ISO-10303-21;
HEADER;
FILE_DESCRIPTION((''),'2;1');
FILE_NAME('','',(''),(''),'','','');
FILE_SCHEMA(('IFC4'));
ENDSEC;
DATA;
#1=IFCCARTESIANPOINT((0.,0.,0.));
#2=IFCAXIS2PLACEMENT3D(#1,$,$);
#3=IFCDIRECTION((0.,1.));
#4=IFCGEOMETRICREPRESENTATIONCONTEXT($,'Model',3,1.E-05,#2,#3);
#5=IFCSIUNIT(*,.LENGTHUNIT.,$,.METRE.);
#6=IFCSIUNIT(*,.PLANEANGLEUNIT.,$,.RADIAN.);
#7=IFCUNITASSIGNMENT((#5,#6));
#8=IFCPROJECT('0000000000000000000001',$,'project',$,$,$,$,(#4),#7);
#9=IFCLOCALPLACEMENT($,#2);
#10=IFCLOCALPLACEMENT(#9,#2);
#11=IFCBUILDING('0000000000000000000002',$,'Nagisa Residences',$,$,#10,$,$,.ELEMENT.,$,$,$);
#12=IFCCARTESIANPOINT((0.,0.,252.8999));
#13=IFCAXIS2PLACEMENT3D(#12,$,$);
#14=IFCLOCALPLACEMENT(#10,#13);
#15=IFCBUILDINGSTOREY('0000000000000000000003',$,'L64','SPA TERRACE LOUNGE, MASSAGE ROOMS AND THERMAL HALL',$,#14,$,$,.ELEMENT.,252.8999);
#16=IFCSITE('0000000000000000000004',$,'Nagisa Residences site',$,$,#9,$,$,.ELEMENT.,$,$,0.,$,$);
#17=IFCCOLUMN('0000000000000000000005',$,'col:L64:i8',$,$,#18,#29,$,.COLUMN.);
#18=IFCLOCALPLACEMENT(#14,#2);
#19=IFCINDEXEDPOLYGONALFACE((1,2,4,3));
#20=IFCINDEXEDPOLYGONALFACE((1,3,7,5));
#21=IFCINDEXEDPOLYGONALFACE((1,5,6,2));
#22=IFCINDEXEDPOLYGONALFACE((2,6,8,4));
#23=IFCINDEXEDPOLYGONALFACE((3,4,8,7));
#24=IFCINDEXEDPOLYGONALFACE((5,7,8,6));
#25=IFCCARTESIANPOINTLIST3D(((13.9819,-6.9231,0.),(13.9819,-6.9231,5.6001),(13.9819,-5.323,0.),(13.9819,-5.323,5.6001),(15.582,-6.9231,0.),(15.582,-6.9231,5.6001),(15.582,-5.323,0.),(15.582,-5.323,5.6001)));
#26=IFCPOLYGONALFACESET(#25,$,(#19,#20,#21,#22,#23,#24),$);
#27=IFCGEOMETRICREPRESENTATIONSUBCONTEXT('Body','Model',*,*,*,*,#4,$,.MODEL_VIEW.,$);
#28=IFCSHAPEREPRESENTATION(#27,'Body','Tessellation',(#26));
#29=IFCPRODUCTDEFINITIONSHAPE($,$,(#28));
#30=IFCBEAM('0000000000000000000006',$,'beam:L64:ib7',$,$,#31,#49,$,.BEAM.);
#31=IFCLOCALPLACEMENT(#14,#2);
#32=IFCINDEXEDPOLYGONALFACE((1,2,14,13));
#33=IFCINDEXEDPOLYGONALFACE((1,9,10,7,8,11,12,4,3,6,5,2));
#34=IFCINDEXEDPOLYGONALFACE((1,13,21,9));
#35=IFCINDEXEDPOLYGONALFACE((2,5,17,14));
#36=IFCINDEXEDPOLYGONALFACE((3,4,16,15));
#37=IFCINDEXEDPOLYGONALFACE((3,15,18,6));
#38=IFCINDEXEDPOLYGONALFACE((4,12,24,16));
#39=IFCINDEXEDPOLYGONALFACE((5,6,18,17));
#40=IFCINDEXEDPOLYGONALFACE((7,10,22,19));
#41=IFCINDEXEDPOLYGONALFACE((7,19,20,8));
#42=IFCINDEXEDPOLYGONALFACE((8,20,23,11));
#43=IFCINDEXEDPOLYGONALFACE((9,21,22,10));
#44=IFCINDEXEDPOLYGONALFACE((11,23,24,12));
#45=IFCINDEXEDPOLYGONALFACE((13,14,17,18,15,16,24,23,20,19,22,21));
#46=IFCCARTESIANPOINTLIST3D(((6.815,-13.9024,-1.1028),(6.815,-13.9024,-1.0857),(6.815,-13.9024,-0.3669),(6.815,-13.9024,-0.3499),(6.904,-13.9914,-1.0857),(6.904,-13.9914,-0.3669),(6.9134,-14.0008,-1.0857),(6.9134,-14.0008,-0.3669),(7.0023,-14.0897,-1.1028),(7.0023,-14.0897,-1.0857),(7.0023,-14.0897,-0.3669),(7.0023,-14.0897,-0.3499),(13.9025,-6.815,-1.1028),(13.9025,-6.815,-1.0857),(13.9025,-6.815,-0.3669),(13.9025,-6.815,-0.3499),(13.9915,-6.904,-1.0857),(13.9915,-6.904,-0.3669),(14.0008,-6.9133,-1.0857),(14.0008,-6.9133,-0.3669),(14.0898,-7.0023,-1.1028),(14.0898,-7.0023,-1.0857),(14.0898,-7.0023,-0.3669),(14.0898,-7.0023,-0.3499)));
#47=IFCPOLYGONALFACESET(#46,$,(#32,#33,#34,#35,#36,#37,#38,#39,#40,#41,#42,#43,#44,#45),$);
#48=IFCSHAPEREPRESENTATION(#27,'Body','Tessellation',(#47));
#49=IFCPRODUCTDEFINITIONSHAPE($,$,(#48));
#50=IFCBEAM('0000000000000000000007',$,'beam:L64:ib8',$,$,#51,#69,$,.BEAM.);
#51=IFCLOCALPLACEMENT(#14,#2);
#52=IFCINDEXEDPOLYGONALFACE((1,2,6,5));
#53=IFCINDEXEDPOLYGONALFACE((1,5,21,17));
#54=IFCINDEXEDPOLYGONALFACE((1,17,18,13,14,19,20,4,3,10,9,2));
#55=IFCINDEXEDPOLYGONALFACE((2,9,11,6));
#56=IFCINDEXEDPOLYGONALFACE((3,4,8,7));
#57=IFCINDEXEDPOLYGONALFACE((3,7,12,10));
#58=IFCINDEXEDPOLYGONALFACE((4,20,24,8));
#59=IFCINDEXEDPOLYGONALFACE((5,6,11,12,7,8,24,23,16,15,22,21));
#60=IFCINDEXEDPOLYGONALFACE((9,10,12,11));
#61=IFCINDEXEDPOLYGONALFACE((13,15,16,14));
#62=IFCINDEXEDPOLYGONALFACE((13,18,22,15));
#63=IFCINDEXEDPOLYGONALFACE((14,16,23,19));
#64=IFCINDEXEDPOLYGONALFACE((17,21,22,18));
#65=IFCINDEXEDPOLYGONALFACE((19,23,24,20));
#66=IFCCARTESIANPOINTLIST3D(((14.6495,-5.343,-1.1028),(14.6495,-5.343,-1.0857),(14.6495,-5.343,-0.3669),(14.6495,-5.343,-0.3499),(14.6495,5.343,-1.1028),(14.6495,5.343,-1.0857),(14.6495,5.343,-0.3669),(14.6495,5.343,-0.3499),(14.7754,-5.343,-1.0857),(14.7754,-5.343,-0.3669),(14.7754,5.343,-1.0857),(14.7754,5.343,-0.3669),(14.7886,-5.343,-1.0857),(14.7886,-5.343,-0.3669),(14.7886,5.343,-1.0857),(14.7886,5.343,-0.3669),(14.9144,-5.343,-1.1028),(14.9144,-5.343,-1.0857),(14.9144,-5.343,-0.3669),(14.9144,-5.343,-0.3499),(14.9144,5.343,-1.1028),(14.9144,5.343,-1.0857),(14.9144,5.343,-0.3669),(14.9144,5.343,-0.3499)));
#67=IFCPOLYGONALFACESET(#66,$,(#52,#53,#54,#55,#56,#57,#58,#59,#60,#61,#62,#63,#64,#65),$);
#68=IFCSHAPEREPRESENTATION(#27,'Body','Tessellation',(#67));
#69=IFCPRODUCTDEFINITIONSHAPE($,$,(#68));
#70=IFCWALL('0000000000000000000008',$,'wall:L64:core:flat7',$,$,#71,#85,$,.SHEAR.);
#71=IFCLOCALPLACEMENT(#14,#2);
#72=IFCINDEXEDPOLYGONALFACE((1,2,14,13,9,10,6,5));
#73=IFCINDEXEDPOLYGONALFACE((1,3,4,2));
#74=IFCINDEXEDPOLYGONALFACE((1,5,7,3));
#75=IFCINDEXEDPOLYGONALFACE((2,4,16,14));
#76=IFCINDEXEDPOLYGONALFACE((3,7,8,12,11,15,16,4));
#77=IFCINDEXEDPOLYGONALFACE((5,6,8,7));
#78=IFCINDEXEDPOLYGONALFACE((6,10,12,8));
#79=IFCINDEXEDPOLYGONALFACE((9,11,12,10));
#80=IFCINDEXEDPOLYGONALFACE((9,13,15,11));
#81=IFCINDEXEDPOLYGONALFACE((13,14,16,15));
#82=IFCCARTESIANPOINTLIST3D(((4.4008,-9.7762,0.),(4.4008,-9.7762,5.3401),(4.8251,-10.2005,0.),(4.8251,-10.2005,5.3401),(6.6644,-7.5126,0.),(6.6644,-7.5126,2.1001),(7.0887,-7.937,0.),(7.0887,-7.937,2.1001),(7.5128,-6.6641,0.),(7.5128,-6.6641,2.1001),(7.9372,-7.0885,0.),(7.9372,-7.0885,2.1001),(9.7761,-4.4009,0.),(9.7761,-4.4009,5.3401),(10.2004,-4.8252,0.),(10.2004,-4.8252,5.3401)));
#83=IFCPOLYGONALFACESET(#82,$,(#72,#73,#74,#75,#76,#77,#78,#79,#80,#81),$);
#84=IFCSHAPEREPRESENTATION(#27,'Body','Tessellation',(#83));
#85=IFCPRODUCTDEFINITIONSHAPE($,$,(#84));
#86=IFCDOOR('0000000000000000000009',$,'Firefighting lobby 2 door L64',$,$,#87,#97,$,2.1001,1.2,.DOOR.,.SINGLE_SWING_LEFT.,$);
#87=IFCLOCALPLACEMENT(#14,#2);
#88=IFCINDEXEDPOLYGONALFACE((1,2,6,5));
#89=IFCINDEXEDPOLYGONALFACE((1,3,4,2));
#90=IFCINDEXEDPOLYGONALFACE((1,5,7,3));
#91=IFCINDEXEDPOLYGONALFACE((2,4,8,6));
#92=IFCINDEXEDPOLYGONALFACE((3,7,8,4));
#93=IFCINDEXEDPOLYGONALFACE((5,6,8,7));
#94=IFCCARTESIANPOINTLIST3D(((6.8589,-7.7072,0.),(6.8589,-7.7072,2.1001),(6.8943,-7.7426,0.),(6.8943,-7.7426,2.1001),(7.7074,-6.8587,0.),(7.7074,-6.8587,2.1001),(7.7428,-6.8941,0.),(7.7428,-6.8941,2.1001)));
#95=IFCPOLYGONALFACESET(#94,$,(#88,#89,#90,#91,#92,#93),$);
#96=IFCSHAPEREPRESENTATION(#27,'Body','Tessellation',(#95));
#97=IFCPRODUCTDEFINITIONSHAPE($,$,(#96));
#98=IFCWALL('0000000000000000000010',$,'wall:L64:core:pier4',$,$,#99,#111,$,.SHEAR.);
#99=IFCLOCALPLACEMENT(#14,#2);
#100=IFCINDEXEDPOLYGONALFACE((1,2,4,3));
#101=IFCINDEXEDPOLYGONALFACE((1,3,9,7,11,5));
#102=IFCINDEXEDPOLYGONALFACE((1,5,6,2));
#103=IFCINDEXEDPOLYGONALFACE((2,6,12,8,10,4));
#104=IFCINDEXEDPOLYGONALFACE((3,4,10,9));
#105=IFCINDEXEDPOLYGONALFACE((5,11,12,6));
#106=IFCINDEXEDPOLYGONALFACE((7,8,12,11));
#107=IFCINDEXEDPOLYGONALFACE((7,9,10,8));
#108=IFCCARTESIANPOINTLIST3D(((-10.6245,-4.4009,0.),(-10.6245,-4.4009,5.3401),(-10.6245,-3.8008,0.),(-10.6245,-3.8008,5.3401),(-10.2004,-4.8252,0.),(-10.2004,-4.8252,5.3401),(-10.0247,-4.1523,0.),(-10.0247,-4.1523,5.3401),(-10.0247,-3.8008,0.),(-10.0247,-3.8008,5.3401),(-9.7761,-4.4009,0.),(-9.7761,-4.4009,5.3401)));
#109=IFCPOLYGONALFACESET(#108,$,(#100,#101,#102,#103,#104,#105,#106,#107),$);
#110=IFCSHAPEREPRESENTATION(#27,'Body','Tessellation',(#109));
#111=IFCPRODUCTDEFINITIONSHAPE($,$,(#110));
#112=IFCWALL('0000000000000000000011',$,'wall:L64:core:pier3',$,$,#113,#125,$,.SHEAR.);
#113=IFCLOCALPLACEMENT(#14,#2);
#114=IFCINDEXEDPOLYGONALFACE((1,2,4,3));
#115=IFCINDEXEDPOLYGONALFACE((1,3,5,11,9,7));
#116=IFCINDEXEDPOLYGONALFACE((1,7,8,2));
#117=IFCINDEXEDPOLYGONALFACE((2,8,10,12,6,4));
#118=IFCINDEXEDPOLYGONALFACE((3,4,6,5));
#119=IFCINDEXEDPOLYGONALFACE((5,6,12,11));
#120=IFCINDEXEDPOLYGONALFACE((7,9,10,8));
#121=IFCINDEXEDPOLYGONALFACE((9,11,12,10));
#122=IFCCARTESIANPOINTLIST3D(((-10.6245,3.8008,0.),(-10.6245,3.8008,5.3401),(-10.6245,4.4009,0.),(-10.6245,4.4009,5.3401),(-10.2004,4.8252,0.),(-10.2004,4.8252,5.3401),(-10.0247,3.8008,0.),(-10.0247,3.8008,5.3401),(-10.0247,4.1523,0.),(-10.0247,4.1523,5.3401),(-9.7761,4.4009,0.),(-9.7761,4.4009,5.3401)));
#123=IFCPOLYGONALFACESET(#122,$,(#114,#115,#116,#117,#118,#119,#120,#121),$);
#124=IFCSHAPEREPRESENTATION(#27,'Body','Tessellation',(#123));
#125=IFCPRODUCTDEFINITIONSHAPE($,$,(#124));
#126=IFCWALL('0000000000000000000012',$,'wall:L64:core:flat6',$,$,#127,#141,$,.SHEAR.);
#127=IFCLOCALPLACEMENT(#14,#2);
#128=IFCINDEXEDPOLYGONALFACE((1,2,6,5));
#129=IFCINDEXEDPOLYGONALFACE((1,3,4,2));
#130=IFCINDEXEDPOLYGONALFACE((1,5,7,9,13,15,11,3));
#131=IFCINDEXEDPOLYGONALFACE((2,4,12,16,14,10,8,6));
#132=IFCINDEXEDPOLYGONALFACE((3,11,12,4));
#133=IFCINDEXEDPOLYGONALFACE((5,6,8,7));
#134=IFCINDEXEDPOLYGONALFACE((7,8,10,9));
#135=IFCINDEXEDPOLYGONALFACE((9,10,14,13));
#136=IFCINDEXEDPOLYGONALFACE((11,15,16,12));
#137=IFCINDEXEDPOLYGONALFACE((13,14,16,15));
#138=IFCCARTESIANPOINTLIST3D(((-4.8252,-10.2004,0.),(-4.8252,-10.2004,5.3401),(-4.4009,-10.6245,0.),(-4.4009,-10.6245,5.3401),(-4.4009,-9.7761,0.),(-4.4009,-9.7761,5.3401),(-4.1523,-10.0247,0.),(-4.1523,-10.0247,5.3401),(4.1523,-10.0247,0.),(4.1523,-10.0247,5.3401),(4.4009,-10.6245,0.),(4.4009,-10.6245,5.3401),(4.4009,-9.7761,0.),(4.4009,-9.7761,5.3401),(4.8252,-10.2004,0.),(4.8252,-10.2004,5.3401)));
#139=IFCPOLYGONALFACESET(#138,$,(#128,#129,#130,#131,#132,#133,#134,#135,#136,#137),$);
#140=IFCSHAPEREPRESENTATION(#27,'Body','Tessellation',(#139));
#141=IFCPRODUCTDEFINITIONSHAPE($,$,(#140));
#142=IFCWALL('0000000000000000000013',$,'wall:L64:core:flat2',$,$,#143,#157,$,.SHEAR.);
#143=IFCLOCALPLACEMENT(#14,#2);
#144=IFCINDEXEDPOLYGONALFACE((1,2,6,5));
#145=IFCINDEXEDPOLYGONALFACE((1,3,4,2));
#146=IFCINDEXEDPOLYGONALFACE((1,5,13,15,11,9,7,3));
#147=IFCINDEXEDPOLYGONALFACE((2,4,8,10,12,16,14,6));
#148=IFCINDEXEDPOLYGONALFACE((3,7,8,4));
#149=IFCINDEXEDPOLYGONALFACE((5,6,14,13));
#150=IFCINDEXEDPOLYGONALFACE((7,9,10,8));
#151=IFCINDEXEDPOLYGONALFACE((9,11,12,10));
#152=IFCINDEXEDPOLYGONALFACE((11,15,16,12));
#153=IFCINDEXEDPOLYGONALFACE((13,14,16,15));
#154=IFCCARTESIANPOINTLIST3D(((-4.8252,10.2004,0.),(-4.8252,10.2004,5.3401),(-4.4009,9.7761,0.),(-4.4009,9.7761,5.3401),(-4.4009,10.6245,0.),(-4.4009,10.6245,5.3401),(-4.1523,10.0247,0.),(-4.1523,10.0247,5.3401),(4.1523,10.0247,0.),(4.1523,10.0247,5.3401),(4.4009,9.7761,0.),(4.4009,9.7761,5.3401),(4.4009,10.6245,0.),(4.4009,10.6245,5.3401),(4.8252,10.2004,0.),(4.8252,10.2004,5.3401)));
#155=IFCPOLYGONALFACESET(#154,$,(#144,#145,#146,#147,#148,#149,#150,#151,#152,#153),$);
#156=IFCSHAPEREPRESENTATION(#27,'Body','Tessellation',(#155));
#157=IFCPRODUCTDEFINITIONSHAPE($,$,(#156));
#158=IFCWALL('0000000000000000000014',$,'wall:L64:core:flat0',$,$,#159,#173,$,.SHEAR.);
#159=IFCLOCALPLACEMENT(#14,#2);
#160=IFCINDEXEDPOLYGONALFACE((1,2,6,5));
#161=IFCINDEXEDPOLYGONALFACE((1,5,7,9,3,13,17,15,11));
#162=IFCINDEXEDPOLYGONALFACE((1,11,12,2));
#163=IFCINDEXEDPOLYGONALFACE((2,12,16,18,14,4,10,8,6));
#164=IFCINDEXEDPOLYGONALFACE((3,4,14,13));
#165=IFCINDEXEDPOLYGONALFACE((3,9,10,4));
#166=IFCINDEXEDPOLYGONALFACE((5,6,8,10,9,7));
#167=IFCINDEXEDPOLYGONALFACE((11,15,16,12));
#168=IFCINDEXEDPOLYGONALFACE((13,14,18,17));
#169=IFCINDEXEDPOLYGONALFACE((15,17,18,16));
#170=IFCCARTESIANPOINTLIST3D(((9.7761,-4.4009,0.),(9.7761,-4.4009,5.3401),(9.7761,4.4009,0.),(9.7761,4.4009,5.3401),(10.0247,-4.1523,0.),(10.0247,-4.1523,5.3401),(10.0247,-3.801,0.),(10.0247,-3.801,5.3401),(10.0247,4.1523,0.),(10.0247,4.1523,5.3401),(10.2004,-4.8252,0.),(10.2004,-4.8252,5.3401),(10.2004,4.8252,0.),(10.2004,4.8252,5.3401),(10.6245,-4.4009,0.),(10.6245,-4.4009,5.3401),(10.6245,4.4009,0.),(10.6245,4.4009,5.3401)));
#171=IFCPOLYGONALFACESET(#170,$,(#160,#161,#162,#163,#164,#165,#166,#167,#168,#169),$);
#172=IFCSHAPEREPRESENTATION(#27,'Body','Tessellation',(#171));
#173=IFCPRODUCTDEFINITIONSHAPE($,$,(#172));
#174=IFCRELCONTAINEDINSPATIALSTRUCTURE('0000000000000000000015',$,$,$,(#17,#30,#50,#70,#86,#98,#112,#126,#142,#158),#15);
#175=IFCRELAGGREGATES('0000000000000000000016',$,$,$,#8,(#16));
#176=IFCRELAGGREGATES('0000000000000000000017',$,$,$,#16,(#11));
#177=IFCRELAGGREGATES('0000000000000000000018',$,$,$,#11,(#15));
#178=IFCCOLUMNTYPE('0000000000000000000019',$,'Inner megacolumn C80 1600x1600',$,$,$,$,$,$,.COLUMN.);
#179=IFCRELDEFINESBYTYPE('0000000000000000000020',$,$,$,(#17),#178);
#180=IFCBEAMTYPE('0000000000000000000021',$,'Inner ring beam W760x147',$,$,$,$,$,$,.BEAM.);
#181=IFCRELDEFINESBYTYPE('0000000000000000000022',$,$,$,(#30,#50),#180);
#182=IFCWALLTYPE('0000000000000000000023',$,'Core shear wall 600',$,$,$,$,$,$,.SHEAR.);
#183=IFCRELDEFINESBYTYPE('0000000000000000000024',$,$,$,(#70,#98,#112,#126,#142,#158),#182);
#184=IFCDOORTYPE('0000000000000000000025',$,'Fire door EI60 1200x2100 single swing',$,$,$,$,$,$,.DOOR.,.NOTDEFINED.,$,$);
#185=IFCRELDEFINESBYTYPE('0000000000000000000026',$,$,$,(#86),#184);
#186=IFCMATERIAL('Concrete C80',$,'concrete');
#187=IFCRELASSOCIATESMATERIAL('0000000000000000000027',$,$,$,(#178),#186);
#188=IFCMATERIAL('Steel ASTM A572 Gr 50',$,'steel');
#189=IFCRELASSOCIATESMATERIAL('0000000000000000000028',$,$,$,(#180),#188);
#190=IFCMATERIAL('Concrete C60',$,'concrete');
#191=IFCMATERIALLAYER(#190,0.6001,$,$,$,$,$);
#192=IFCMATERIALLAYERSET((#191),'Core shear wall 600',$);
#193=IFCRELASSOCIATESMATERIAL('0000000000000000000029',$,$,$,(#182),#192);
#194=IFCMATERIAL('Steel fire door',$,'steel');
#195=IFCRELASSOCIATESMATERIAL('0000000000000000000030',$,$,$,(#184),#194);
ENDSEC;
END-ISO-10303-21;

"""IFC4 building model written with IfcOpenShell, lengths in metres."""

from ifc_helpers import new_model, si_unit, direction, frame, frame_2d, origin, origin_2d, place, context, subcontext, project, spatial, polyline, rectangle, i_section, outline, extrude, material, layer, layer_set, material_profile, profile_set, type_object, element, fill, save


model = new_model("IFC4")

# Units and contexts
model_context = context("Model", 3, precision=1e-05, world=origin(), true_north=direction((0.0, 1.0)))
body_context = subcontext(model_context, "Body", "Model", "MODEL_VIEW")
ifc_project = project(units=[si_unit("LENGTHUNIT", "METRE"), si_unit("PLANEANGLEUNIT", "RADIAN")], contexts=[model_context])

# Site, building, storey
site_placement = place(None, origin())
site = spatial("IfcSite", under=ifc_project, at=site_placement, Name="Nagisa Residences site", CompositionType="ELEMENT", RefElevation=0.0)
building_placement = place(site_placement, origin())
building = spatial("IfcBuilding", under=site, at=building_placement, Name="Nagisa Residences", CompositionType="ELEMENT")
storey_placement = place(building_placement, frame((0.0, 0.0, 252.8999)))
storey = spatial("IfcBuildingStorey", under=building, at=storey_placement, Name="L64", Description="SPA TERRACE LOUNGE, MASSAGE ROOMS AND THERMAL HALL", CompositionType="ELEMENT", Elevation=252.8999)

# Column
ifc_material_1 = material(Name="Concrete C80", Category="concrete")
ifc_material_profile_1 = material_profile(ifc_material_1, rectangle(XDim=1.6001, YDim=1.6001, at=origin_2d()), Name="C80 1600x1600")
ifc_profile_set_1 = profile_set([ifc_material_profile_1], Name="Concrete C80")
column_type = type_object("IfcColumnType", Name="Inner megacolumn C80 1600x1600", PredefinedType="COLUMN", material=ifc_profile_set_1)
column_placement = place(storey_placement, frame((14.782, -6.123, 0.0), z_axis=(0.0, 0.0, 1.0), x_axis=(1.0, 0.0, 0.0)))
element("IfcColumn", 1, at=column_placement, inside=storey, type_object=column_type, Name="col:L64:i8", PredefinedType="COLUMN", context=body_context, shape_type="SweptSolid", body=[
    extrude(rectangle(XDim=1.6001, YDim=1.6001, at=origin_2d()), origin(), (0.0, 0.0, 1.0), 5.6001),
])

# Beams
ifc_material_2 = material(Name="Steel ASTM A572 Gr 50", Category="steel")
ifc_material_profile_2 = material_profile(ifc_material_2, i_section(OverallWidth=0.2649, OverallDepth=0.7529, WebThickness=0.0132, FlangeThickness=0.0171, at=origin_2d()), Name="W760x147")
ifc_profile_set_2 = profile_set([ifc_material_profile_2], Name="Steel ASTM A572 Gr 50")
beam_type = type_object("IfcBeamType", Name="Inner ring beam W760x147", PredefinedType="BEAM", material=ifc_profile_set_2)
beam_1_placement = place(storey_placement, frame((6.9087, -13.9961, -0.7263), z_axis=(0.707107, 0.707107, 0.0), x_axis=(-0.707107, 0.707107, 0.0)))
element("IfcBeam", 2, at=beam_1_placement, inside=storey, type_object=beam_type, Name="beam:L64:ib7", PredefinedType="BEAM", context=body_context, shape_type="SweptSolid", body=[
    extrude(i_section(OverallWidth=0.2649, OverallDepth=0.7529, WebThickness=0.0132, FlangeThickness=0.0171, at=origin_2d()), origin(), (0.0, 0.0, 1.0), 10.0232),
])
beam_2_placement = place(storey_placement, frame((14.782, -5.343, -0.7263), z_axis=(0.0, 1.0, 0.0), x_axis=(-1.0, 0.0, 0.0)))
element("IfcBeam", 3, at=beam_2_placement, inside=storey, type_object=beam_type, Name="beam:L64:ib8", PredefinedType="BEAM", context=body_context, shape_type="SweptSolid", body=[
    extrude(i_section(OverallWidth=0.2649, OverallDepth=0.7529, WebThickness=0.0132, FlangeThickness=0.0171, at=origin_2d()), origin(), (0.0, 0.0, 1.0), 10.686),
])

# Wall, opening, door
ifc_material_3 = material(Name="Concrete C60", Category="concrete")
ifc_layer_1 = layer(ifc_material_3, 0.6001)
ifc_layer_set_1 = layer_set([ifc_layer_1], Name="Core shear wall 600")
wall_type_1 = type_object("IfcWallType", Name="Core shear wall 600", PredefinedType="SHEAR", material=ifc_layer_set_1)
wall_1_placement = place(storey_placement, frame((4.613, -9.9883, 0.0), z_axis=(0.0, 0.0, 1.0), x_axis=(0.707107, 0.707107, 0.0)))
wall_1 = element("IfcWall", 4, at=wall_1_placement, inside=storey, type_object=wall_type_1, Name="wall:L64:core:flat7", PredefinedType="SHEAR", context=body_context, shape_type="SweptSolid", body=[
    extrude(rectangle(XDim=7.6018, YDim=0.6001, at=frame_2d((3.8008, 0.0))), origin(), (0.0, 0.0, 1.0), 5.3401),
])
opening_1_placement = place(wall_1_placement, frame((3.2009, 0.0, 0.0)))
opening_1 = element("IfcOpeningElement", 5, at=opening_1_placement, cuts=wall_1, PredefinedType="OPENING", context=body_context, shape_type="SweptSolid", body=[
    extrude(rectangle(XDim=1.2, YDim=2.1001, at=frame_2d((0.6001, 1.05))), frame((0.0, 0.3101, 0.0), z_axis=(0.0, -1.0, 0.0), x_axis=(1.0, 0.0, 0.0)), (0.0, 0.0, 1.0), 0.6201),
])
ifc_material_4 = material(Name="Steel fire door", Category="steel")
door_type_1 = type_object("IfcDoorType", Name="Fire door EI60 1200x2100 single swing", OperationType="NOTDEFINED", PredefinedType="DOOR", material=ifc_material_4)
door_1_placement = place(opening_1_placement, origin())
door_1 = element("IfcDoor", 6, at=door_1_placement, inside=storey, type_object=door_type_1, Name="Firefighting lobby 2 door L64", OperationType="SINGLE_SWING_LEFT", OverallHeight=2.1001, OverallWidth=1.2, PredefinedType="DOOR", context=body_context, shape_type="SweptSolid", body=[
    extrude(rectangle(XDim=1.2, YDim=2.1001, at=frame_2d((0.6001, 1.05))), frame((0.0, 0.0249, 0.0), z_axis=(0.0, -1.0, 0.0), x_axis=(1.0, 0.0, 0.0)), (0.0, 0.0, 1.0), 0.05),
])
fill(opening_1, door_1)

# Walls
wall_2_placement = place(storey_placement, origin())
element("IfcWall", 7, at=wall_2_placement, inside=storey, type_object=wall_type_1, Name="wall:L64:core:pier4", PredefinedType="SHEAR", context=body_context, shape_type="SweptSolid", body=[
    extrude(outline(polyline([(-10.6245, -3.8008), (-10.0247, -3.8008), (-10.0247, -4.1523), (-9.7761, -4.4009), (-10.2004, -4.8252), (-10.6245, -4.4009), (-10.6245, -3.8008)])), origin(), (0.0, 0.0, 1.0), 5.3401),
])
wall_3_placement = place(storey_placement, origin())
element("IfcWall", 8, at=wall_3_placement, inside=storey, type_object=wall_type_1, Name="wall:L64:core:pier3", PredefinedType="SHEAR", context=body_context, shape_type="SweptSolid", body=[
    extrude(outline(polyline([(-10.2004, 4.8252), (-9.7761, 4.4009), (-10.0247, 4.1523), (-10.0247, 3.8008), (-10.6245, 3.8008), (-10.6245, 4.4009), (-10.2004, 4.8252)])), origin(), (0.0, 0.0, 1.0), 5.3401),
])
wall_4_placement = place(storey_placement, origin())
element("IfcWall", 9, at=wall_4_placement, inside=storey, type_object=wall_type_1, Name="wall:L64:core:flat6", PredefinedType="SHEAR", context=body_context, shape_type="SweptSolid", body=[
    extrude(outline(polyline([(-4.1523, -10.0247), (4.1523, -10.0247), (4.4009, -9.7761), (4.8252, -10.2004), (4.4009, -10.6245), (-4.4009, -10.6245), (-4.8252, -10.2004), (-4.4009, -9.7761), (-4.1523, -10.0247)])), origin(), (0.0, 0.0, 1.0), 5.3401),
])
wall_5_placement = place(storey_placement, origin())
element("IfcWall", 10, at=wall_5_placement, inside=storey, type_object=wall_type_1, Name="wall:L64:core:flat2", PredefinedType="SHEAR", context=body_context, shape_type="SweptSolid", body=[
    extrude(outline(polyline([(-4.1523, 10.0247), (-4.4009, 9.7761), (-4.8252, 10.2004), (-4.4009, 10.6245), (4.4009, 10.6245), (4.8252, 10.2004), (4.4009, 9.7761), (4.1523, 10.0247), (-4.1523, 10.0247)])), origin(), (0.0, 0.0, 1.0), 5.3401),
])
wall_6_placement = place(storey_placement, origin())
element("IfcWall", 11, at=wall_6_placement, inside=storey, type_object=wall_type_1, Name="wall:L64:core:flat0", PredefinedType="SHEAR", context=body_context, shape_type="SweptSolid", body=[
    extrude(outline(polyline([(9.7761, -4.4009), (10.0247, -4.1523), (10.0247, -3.801), (10.0247, 4.1523), (9.7761, 4.4009), (10.2004, 4.8252), (10.6245, 4.4009), (10.6245, -4.4009), (10.2004, -4.8252), (9.7761, -4.4009)])), origin(), (0.0, 0.0, 1.0), 5.3401),
])

save(model, "model.ifc")
